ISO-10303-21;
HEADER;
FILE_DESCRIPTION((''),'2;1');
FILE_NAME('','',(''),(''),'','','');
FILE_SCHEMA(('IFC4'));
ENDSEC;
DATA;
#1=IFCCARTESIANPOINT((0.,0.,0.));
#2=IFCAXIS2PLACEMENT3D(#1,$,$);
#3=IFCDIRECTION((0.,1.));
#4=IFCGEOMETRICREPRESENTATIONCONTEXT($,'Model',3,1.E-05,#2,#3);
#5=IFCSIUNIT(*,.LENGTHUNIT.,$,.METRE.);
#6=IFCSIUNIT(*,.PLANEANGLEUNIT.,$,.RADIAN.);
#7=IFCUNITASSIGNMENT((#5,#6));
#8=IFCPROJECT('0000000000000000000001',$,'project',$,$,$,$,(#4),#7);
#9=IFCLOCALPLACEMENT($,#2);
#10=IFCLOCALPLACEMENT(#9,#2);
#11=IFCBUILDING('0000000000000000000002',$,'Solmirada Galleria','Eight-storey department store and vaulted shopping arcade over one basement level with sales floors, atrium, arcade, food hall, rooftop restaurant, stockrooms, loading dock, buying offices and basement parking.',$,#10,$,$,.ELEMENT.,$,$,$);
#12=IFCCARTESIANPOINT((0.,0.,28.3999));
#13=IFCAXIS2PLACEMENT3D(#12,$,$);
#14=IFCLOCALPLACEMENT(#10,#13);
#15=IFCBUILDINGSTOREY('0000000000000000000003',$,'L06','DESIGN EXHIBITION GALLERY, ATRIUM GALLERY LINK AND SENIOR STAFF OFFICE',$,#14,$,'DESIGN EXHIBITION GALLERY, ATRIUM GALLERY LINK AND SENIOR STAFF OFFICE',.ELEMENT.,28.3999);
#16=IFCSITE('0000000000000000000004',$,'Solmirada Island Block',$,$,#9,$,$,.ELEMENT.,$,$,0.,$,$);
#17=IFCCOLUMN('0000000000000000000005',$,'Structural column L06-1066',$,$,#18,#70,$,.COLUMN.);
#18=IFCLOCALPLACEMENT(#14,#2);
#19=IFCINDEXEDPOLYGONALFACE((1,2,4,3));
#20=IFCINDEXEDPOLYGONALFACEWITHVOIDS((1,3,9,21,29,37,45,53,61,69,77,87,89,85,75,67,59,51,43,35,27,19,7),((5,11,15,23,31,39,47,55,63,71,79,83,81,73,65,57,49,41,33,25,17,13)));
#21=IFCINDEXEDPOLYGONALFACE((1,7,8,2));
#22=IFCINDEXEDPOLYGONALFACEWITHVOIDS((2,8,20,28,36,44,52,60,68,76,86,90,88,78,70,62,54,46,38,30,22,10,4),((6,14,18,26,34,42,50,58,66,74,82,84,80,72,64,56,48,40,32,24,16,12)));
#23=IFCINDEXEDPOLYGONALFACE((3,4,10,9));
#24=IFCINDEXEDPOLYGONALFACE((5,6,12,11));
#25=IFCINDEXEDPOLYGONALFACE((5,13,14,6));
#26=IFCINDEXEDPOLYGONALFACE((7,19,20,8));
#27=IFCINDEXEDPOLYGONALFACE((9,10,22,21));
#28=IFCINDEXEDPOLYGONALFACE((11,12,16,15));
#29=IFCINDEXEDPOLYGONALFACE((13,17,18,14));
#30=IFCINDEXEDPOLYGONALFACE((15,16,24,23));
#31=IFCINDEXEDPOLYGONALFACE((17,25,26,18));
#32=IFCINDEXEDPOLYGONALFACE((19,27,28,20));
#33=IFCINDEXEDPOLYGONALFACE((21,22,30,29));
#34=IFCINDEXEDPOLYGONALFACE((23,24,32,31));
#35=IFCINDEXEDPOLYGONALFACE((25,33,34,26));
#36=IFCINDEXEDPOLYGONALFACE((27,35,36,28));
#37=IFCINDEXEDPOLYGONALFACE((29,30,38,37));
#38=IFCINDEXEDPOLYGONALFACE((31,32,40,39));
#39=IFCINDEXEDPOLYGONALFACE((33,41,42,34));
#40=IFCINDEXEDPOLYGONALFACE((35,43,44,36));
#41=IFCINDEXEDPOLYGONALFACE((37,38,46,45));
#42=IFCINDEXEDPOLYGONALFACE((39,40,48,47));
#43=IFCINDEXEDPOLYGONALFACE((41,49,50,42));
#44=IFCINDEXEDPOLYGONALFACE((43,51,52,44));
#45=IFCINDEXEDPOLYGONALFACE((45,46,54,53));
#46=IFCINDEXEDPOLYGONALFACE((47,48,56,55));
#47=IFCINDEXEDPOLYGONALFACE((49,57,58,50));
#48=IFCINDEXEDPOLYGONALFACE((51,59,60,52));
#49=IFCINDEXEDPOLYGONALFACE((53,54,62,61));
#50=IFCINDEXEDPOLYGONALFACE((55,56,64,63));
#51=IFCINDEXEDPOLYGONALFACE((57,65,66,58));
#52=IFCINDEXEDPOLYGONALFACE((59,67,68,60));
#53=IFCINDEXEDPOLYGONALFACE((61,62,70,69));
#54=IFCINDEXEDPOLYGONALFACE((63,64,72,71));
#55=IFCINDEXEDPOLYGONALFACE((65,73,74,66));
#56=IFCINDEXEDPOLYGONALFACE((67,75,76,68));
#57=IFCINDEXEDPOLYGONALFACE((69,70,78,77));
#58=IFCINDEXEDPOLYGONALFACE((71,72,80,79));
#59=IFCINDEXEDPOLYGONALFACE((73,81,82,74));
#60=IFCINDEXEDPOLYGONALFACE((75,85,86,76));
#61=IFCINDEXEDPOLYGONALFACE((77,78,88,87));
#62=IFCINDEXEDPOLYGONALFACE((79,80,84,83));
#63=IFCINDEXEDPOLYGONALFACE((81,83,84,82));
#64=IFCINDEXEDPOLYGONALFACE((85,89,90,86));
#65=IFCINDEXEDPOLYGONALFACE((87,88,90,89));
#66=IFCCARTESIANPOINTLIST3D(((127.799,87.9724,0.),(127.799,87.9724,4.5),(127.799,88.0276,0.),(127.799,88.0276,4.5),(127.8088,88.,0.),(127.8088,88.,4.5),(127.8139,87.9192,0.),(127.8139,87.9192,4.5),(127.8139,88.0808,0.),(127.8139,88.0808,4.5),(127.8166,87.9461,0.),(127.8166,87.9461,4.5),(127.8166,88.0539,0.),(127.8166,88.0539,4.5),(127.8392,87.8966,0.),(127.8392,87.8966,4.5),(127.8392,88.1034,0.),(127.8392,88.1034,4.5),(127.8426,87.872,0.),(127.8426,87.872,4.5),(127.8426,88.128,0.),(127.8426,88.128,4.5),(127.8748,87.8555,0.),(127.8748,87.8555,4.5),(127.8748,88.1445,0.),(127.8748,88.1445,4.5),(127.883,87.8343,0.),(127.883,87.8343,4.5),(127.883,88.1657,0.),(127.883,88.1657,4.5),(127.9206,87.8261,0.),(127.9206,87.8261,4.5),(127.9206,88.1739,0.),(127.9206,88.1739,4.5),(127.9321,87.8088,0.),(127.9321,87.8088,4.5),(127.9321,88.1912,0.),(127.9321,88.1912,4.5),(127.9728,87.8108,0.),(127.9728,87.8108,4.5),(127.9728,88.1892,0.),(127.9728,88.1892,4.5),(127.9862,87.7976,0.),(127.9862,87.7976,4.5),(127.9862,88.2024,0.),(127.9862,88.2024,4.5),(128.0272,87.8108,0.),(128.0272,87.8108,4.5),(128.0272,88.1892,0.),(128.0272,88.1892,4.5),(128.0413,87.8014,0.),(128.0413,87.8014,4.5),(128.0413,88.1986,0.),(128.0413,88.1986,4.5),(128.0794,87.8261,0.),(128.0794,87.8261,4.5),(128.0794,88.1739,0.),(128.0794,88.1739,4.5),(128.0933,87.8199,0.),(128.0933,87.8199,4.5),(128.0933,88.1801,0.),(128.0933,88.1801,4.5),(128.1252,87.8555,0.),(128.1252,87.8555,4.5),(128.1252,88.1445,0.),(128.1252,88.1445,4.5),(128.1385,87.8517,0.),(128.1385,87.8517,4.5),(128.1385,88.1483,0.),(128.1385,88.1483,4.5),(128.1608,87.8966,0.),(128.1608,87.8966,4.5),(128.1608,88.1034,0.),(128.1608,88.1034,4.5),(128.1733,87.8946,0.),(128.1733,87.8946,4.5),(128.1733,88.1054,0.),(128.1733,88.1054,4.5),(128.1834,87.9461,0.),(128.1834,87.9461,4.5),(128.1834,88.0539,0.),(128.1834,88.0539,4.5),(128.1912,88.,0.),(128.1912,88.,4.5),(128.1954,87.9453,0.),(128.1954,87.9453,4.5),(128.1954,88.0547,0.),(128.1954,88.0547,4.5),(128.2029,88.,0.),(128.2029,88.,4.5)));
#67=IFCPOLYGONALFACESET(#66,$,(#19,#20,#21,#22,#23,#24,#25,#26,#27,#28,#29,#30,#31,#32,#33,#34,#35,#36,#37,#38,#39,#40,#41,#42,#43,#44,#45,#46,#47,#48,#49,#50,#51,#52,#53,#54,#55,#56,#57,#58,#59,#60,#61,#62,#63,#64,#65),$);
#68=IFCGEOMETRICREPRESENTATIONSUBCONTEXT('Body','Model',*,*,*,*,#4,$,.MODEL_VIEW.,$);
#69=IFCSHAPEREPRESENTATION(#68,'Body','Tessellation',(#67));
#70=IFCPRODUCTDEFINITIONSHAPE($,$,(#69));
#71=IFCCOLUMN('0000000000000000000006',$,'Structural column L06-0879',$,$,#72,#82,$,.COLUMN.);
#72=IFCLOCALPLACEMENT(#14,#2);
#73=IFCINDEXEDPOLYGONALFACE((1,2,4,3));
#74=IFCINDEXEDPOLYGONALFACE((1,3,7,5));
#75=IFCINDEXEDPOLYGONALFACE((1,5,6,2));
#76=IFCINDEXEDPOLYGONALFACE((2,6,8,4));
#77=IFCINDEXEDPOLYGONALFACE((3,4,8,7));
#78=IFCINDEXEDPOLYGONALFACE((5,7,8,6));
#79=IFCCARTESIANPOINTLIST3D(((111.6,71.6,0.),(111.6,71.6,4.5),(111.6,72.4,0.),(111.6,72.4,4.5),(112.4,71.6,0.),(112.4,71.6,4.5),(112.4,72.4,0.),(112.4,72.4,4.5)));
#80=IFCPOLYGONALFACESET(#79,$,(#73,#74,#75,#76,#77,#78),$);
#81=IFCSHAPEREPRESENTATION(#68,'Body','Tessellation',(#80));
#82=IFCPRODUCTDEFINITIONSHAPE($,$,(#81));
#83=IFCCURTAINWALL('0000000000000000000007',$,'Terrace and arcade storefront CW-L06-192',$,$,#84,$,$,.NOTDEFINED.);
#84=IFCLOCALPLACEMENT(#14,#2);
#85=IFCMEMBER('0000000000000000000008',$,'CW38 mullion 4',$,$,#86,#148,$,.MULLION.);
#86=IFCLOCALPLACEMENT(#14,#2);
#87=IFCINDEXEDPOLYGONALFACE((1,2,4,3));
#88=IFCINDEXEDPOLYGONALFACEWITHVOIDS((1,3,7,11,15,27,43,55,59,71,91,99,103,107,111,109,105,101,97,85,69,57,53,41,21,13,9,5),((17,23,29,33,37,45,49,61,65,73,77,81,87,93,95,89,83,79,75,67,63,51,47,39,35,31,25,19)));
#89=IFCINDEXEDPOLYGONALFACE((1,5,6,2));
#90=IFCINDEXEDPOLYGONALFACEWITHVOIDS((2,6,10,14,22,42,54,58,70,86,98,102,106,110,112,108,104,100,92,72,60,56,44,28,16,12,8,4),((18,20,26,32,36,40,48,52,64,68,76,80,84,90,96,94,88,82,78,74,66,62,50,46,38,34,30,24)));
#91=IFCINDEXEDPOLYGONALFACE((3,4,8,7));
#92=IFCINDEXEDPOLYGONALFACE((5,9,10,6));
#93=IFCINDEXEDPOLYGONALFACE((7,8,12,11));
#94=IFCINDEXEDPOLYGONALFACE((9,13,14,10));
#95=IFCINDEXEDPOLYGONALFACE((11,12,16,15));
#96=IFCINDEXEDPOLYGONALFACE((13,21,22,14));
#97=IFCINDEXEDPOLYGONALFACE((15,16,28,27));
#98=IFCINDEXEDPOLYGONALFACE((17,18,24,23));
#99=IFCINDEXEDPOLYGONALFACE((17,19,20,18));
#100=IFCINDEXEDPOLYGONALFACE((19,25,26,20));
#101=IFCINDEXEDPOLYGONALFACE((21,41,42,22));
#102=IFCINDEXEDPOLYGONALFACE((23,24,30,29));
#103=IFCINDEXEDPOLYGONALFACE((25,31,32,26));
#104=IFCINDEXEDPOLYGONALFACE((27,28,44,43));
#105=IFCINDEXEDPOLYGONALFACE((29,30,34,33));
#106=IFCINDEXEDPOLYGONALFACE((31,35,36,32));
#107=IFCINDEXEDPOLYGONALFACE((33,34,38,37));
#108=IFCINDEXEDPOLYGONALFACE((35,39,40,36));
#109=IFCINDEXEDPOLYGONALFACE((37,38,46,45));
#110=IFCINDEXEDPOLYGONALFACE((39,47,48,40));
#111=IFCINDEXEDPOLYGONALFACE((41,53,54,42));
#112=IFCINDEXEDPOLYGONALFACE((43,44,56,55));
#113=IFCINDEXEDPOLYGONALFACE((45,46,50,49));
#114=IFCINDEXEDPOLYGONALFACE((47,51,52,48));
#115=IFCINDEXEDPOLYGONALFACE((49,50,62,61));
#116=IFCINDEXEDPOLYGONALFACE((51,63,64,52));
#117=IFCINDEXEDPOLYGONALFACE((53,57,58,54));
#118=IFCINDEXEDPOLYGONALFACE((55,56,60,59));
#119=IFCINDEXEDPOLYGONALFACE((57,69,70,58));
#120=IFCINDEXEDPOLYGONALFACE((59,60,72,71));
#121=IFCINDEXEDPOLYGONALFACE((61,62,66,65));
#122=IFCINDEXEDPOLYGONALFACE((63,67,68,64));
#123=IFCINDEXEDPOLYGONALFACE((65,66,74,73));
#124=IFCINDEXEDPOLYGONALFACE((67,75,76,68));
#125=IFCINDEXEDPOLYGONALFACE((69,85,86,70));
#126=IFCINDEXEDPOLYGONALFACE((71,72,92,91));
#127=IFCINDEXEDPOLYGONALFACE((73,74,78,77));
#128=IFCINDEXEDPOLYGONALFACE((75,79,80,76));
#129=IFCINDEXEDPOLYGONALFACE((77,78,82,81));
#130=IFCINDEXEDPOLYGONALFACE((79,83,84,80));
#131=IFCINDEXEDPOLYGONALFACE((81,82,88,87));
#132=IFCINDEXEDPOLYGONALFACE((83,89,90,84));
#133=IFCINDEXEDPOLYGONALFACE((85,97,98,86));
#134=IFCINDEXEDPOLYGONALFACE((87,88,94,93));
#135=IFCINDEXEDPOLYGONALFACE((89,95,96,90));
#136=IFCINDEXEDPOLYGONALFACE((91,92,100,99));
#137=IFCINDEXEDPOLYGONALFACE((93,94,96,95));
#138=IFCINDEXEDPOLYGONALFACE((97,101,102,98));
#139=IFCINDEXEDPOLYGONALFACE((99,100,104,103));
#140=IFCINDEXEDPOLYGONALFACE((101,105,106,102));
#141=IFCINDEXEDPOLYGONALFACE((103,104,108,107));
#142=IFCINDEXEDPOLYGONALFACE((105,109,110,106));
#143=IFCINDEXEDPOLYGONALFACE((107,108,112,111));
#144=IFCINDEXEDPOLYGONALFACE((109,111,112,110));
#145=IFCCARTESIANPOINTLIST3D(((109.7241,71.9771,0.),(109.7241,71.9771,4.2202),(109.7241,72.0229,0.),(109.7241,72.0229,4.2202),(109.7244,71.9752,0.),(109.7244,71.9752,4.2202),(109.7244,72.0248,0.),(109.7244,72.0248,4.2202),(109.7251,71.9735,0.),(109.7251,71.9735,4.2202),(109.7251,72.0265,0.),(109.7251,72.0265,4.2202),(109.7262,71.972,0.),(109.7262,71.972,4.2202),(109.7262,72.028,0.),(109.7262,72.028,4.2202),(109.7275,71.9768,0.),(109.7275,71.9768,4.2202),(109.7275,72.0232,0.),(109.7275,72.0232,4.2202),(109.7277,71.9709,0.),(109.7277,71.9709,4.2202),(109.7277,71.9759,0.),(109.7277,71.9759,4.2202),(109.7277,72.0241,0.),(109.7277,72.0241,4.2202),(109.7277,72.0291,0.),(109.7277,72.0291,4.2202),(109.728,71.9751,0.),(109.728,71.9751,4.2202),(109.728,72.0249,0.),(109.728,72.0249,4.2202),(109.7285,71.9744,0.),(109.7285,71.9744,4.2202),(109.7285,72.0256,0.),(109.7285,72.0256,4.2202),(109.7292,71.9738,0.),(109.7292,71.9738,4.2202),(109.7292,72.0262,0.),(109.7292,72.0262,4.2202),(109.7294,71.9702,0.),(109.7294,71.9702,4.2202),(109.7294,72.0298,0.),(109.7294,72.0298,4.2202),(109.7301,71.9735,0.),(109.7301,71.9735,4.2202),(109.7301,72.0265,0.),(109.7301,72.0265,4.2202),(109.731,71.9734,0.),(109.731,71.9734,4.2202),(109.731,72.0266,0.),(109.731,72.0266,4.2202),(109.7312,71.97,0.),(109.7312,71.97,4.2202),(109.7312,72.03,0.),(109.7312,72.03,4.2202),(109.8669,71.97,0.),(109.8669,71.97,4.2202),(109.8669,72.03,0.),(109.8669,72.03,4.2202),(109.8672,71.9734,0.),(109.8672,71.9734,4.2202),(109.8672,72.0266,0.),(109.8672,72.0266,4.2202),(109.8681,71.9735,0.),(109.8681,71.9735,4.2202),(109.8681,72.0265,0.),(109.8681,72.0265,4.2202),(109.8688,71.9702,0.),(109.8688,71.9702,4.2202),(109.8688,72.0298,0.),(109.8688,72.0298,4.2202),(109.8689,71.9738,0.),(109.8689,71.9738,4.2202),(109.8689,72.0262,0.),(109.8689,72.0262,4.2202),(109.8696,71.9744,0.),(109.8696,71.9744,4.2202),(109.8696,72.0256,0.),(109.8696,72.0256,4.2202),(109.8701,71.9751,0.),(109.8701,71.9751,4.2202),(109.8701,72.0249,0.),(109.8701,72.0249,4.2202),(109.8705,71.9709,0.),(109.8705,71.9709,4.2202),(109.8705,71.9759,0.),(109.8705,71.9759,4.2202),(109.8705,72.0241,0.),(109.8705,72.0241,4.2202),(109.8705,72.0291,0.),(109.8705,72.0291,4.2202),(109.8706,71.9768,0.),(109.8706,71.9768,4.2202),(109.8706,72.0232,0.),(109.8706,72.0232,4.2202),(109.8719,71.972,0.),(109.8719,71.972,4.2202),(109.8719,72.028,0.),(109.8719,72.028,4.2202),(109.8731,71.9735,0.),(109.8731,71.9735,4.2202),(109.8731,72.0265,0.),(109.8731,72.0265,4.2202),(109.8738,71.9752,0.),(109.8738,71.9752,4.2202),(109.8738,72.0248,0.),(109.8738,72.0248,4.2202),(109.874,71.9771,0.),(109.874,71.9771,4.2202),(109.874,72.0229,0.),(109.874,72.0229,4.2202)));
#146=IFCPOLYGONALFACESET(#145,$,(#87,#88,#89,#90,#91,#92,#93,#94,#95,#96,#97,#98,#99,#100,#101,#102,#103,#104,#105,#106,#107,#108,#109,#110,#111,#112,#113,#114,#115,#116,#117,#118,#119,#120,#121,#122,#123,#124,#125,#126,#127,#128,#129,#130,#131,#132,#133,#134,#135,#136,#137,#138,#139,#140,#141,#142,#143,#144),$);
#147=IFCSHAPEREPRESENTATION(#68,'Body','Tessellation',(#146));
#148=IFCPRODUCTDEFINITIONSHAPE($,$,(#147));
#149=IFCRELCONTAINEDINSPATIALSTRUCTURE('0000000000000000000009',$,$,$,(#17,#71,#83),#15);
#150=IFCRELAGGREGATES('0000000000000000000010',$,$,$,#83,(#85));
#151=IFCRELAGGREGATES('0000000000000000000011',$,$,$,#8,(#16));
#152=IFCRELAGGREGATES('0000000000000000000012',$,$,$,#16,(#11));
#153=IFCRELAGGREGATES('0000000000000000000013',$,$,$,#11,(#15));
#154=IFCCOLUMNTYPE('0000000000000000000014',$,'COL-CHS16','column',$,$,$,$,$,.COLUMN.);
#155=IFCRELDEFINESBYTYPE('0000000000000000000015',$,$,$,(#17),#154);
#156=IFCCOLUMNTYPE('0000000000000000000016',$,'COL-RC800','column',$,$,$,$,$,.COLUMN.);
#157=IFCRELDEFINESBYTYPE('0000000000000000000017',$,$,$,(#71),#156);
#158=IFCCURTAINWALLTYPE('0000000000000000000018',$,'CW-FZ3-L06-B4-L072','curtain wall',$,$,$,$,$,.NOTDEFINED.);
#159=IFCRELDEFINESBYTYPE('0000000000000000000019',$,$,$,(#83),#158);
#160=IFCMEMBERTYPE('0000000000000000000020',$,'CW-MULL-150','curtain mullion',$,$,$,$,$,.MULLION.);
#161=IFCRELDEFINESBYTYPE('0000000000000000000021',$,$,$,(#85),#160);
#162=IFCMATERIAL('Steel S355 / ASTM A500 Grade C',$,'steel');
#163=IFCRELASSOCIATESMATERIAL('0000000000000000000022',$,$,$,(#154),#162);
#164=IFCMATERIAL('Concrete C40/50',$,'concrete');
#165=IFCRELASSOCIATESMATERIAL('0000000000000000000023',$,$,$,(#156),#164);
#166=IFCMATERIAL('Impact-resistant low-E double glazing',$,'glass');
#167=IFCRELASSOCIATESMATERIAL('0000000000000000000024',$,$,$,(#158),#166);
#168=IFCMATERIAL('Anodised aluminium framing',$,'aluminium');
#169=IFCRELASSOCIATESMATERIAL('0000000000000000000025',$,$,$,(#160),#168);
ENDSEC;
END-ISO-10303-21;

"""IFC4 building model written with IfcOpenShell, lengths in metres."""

from ifc_helpers import new_model, si_unit, direction, frame, origin, origin_2d, place, context, subcontext, project, spatial, rectangle, hollow_rectangle, hollow_circle, extrude, material, material_profile, profile_set, type_object, element, aggregate, save


model = new_model("IFC4")

# Units and contexts
model_context = context("Model", 3, precision=1e-05, world=origin(), true_north=direction((0.0, 1.0)))
body_context = subcontext(model_context, "Body", "Model", "MODEL_VIEW")
ifc_project = project(units=[si_unit("LENGTHUNIT", "METRE"), si_unit("PLANEANGLEUNIT", "RADIAN")], contexts=[model_context])

# Site, building, storey
site_placement = place(None, origin())
site = spatial("IfcSite", under=ifc_project, at=site_placement, Name="Solmirada Island Block", CompositionType="ELEMENT", RefElevation=0.0)
building_placement = place(site_placement, origin())
building = spatial("IfcBuilding", under=site, at=building_placement, Name="Solmirada Galleria", Description="Eight-storey department store and vaulted shopping arcade over one basement level with sales floors, atrium, arcade, food hall, rooftop restaurant, stockrooms, loading dock, buying offices and basement parking.", CompositionType="ELEMENT")
storey_placement = place(building_placement, frame((0.0, 0.0, 28.3999)))
storey = spatial("IfcBuildingStorey", under=building, at=storey_placement, Name="L06", Description="DESIGN EXHIBITION GALLERY, ATRIUM GALLERY LINK AND SENIOR STAFF OFFICE", LongName="DESIGN EXHIBITION GALLERY, ATRIUM GALLERY LINK AND SENIOR STAFF OFFICE", CompositionType="ELEMENT", Elevation=28.3999)

# Columns
ifc_material_1 = material(Name="Steel S355 / ASTM A500 Grade C", Category="steel")
ifc_material_profile_1 = material_profile(ifc_material_1, hollow_circle(Radius=0.2029, WallThickness=0.0117, at=origin_2d()), Name="HSS16.000X0.500")
ifc_profile_set_1 = profile_set([ifc_material_profile_1], Name="Steel S355 / ASTM A500 Grade C")
column_type_1 = type_object("IfcColumnType", Name="COL-CHS16", Description="column", PredefinedType="COLUMN", material=ifc_profile_set_1)
column_1_placement = place(storey_placement, frame((128.0, 88.0, 0.0), z_axis=(0.0, 0.0, 1.0), x_axis=(1.0, 0.0, 0.0)))
element("IfcColumn", 1, at=column_1_placement, inside=storey, type_object=column_type_1, Name="Structural column L06-1066", PredefinedType="COLUMN", context=body_context, shape_type="SweptSolid", body=[
    extrude(hollow_circle(Radius=0.2029, WallThickness=0.0117, at=origin_2d()), origin(), (0.0, 0.0, 1.0), 4.5),
])
ifc_material_2 = material(Name="Concrete C40/50", Category="concrete")
ifc_material_profile_2 = material_profile(ifc_material_2, rectangle(XDim=0.8, YDim=0.8, at=origin_2d()), Name="RC800X800")
ifc_profile_set_2 = profile_set([ifc_material_profile_2], Name="Concrete C40/50")
column_type_2 = type_object("IfcColumnType", Name="COL-RC800", Description="column", PredefinedType="COLUMN", material=ifc_profile_set_2)
column_2_placement = place(storey_placement, frame((112.0, 72.0, 0.0), z_axis=(0.0, 0.0, 1.0), x_axis=(1.0, 0.0, 0.0)))
element("IfcColumn", 2, at=column_2_placement, inside=storey, type_object=column_type_2, Name="Structural column L06-0879", PredefinedType="COLUMN", context=body_context, shape_type="SweptSolid", body=[
    extrude(rectangle(XDim=0.8, YDim=0.8, at=origin_2d()), origin(), (0.0, 0.0, 1.0), 4.5),
])

# Curtain wall, member
ifc_material_3 = material(Name="Impact-resistant low-E double glazing", Category="glass")
curtain_wall_type = type_object("IfcCurtainWallType", Name="CW-FZ3-L06-B4-L072", Description="curtain wall", PredefinedType="NOTDEFINED", material=ifc_material_3)
curtain_wall_1_placement = place(storey_placement, origin())
curtain_wall_1 = element("IfcCurtainWall", 3, at=curtain_wall_1_placement, inside=storey, type_object=curtain_wall_type, Name="Terrace and arcade storefront CW-L06-192", PredefinedType="NOTDEFINED")
ifc_material_4 = material(Name="Anodised aluminium framing", Category="aluminium")
ifc_material_profile_3 = material_profile(ifc_material_4, hollow_rectangle(XDim=0.0601, YDim=0.1499, WallThickness=0.0034, InnerFilletRadius=0.0034, OuterFilletRadius=0.0071, at=origin_2d()), Name="ALU-MULL-150X60")
ifc_profile_set_3 = profile_set([ifc_material_profile_3], Name="Anodised aluminium framing")
member_type_1 = type_object("IfcMemberType", Name="CW-MULL-150", Description="curtain mullion", PredefinedType="MULLION", material=ifc_profile_set_3)
member_1_placement = place(storey_placement, frame((109.7991, 72.0, 0.0), z_axis=(0.0, 0.0, 1.0), x_axis=(0.0, 1.0, 0.0)))
member_1 = element("IfcMember", 4, at=member_1_placement, type_object=member_type_1, Name="CW38 mullion 4", PredefinedType="MULLION", context=body_context, shape_type="SweptSolid", body=[
    extrude(hollow_rectangle(XDim=0.0601, YDim=0.1499, WallThickness=0.0034, InnerFilletRadius=0.0034, OuterFilletRadius=0.0071, at=origin_2d()), origin(), (0.0, 0.0, 1.0), 4.2202),
])

aggregate(curtain_wall_1, [member_1])

save(model, "model.ifc")
